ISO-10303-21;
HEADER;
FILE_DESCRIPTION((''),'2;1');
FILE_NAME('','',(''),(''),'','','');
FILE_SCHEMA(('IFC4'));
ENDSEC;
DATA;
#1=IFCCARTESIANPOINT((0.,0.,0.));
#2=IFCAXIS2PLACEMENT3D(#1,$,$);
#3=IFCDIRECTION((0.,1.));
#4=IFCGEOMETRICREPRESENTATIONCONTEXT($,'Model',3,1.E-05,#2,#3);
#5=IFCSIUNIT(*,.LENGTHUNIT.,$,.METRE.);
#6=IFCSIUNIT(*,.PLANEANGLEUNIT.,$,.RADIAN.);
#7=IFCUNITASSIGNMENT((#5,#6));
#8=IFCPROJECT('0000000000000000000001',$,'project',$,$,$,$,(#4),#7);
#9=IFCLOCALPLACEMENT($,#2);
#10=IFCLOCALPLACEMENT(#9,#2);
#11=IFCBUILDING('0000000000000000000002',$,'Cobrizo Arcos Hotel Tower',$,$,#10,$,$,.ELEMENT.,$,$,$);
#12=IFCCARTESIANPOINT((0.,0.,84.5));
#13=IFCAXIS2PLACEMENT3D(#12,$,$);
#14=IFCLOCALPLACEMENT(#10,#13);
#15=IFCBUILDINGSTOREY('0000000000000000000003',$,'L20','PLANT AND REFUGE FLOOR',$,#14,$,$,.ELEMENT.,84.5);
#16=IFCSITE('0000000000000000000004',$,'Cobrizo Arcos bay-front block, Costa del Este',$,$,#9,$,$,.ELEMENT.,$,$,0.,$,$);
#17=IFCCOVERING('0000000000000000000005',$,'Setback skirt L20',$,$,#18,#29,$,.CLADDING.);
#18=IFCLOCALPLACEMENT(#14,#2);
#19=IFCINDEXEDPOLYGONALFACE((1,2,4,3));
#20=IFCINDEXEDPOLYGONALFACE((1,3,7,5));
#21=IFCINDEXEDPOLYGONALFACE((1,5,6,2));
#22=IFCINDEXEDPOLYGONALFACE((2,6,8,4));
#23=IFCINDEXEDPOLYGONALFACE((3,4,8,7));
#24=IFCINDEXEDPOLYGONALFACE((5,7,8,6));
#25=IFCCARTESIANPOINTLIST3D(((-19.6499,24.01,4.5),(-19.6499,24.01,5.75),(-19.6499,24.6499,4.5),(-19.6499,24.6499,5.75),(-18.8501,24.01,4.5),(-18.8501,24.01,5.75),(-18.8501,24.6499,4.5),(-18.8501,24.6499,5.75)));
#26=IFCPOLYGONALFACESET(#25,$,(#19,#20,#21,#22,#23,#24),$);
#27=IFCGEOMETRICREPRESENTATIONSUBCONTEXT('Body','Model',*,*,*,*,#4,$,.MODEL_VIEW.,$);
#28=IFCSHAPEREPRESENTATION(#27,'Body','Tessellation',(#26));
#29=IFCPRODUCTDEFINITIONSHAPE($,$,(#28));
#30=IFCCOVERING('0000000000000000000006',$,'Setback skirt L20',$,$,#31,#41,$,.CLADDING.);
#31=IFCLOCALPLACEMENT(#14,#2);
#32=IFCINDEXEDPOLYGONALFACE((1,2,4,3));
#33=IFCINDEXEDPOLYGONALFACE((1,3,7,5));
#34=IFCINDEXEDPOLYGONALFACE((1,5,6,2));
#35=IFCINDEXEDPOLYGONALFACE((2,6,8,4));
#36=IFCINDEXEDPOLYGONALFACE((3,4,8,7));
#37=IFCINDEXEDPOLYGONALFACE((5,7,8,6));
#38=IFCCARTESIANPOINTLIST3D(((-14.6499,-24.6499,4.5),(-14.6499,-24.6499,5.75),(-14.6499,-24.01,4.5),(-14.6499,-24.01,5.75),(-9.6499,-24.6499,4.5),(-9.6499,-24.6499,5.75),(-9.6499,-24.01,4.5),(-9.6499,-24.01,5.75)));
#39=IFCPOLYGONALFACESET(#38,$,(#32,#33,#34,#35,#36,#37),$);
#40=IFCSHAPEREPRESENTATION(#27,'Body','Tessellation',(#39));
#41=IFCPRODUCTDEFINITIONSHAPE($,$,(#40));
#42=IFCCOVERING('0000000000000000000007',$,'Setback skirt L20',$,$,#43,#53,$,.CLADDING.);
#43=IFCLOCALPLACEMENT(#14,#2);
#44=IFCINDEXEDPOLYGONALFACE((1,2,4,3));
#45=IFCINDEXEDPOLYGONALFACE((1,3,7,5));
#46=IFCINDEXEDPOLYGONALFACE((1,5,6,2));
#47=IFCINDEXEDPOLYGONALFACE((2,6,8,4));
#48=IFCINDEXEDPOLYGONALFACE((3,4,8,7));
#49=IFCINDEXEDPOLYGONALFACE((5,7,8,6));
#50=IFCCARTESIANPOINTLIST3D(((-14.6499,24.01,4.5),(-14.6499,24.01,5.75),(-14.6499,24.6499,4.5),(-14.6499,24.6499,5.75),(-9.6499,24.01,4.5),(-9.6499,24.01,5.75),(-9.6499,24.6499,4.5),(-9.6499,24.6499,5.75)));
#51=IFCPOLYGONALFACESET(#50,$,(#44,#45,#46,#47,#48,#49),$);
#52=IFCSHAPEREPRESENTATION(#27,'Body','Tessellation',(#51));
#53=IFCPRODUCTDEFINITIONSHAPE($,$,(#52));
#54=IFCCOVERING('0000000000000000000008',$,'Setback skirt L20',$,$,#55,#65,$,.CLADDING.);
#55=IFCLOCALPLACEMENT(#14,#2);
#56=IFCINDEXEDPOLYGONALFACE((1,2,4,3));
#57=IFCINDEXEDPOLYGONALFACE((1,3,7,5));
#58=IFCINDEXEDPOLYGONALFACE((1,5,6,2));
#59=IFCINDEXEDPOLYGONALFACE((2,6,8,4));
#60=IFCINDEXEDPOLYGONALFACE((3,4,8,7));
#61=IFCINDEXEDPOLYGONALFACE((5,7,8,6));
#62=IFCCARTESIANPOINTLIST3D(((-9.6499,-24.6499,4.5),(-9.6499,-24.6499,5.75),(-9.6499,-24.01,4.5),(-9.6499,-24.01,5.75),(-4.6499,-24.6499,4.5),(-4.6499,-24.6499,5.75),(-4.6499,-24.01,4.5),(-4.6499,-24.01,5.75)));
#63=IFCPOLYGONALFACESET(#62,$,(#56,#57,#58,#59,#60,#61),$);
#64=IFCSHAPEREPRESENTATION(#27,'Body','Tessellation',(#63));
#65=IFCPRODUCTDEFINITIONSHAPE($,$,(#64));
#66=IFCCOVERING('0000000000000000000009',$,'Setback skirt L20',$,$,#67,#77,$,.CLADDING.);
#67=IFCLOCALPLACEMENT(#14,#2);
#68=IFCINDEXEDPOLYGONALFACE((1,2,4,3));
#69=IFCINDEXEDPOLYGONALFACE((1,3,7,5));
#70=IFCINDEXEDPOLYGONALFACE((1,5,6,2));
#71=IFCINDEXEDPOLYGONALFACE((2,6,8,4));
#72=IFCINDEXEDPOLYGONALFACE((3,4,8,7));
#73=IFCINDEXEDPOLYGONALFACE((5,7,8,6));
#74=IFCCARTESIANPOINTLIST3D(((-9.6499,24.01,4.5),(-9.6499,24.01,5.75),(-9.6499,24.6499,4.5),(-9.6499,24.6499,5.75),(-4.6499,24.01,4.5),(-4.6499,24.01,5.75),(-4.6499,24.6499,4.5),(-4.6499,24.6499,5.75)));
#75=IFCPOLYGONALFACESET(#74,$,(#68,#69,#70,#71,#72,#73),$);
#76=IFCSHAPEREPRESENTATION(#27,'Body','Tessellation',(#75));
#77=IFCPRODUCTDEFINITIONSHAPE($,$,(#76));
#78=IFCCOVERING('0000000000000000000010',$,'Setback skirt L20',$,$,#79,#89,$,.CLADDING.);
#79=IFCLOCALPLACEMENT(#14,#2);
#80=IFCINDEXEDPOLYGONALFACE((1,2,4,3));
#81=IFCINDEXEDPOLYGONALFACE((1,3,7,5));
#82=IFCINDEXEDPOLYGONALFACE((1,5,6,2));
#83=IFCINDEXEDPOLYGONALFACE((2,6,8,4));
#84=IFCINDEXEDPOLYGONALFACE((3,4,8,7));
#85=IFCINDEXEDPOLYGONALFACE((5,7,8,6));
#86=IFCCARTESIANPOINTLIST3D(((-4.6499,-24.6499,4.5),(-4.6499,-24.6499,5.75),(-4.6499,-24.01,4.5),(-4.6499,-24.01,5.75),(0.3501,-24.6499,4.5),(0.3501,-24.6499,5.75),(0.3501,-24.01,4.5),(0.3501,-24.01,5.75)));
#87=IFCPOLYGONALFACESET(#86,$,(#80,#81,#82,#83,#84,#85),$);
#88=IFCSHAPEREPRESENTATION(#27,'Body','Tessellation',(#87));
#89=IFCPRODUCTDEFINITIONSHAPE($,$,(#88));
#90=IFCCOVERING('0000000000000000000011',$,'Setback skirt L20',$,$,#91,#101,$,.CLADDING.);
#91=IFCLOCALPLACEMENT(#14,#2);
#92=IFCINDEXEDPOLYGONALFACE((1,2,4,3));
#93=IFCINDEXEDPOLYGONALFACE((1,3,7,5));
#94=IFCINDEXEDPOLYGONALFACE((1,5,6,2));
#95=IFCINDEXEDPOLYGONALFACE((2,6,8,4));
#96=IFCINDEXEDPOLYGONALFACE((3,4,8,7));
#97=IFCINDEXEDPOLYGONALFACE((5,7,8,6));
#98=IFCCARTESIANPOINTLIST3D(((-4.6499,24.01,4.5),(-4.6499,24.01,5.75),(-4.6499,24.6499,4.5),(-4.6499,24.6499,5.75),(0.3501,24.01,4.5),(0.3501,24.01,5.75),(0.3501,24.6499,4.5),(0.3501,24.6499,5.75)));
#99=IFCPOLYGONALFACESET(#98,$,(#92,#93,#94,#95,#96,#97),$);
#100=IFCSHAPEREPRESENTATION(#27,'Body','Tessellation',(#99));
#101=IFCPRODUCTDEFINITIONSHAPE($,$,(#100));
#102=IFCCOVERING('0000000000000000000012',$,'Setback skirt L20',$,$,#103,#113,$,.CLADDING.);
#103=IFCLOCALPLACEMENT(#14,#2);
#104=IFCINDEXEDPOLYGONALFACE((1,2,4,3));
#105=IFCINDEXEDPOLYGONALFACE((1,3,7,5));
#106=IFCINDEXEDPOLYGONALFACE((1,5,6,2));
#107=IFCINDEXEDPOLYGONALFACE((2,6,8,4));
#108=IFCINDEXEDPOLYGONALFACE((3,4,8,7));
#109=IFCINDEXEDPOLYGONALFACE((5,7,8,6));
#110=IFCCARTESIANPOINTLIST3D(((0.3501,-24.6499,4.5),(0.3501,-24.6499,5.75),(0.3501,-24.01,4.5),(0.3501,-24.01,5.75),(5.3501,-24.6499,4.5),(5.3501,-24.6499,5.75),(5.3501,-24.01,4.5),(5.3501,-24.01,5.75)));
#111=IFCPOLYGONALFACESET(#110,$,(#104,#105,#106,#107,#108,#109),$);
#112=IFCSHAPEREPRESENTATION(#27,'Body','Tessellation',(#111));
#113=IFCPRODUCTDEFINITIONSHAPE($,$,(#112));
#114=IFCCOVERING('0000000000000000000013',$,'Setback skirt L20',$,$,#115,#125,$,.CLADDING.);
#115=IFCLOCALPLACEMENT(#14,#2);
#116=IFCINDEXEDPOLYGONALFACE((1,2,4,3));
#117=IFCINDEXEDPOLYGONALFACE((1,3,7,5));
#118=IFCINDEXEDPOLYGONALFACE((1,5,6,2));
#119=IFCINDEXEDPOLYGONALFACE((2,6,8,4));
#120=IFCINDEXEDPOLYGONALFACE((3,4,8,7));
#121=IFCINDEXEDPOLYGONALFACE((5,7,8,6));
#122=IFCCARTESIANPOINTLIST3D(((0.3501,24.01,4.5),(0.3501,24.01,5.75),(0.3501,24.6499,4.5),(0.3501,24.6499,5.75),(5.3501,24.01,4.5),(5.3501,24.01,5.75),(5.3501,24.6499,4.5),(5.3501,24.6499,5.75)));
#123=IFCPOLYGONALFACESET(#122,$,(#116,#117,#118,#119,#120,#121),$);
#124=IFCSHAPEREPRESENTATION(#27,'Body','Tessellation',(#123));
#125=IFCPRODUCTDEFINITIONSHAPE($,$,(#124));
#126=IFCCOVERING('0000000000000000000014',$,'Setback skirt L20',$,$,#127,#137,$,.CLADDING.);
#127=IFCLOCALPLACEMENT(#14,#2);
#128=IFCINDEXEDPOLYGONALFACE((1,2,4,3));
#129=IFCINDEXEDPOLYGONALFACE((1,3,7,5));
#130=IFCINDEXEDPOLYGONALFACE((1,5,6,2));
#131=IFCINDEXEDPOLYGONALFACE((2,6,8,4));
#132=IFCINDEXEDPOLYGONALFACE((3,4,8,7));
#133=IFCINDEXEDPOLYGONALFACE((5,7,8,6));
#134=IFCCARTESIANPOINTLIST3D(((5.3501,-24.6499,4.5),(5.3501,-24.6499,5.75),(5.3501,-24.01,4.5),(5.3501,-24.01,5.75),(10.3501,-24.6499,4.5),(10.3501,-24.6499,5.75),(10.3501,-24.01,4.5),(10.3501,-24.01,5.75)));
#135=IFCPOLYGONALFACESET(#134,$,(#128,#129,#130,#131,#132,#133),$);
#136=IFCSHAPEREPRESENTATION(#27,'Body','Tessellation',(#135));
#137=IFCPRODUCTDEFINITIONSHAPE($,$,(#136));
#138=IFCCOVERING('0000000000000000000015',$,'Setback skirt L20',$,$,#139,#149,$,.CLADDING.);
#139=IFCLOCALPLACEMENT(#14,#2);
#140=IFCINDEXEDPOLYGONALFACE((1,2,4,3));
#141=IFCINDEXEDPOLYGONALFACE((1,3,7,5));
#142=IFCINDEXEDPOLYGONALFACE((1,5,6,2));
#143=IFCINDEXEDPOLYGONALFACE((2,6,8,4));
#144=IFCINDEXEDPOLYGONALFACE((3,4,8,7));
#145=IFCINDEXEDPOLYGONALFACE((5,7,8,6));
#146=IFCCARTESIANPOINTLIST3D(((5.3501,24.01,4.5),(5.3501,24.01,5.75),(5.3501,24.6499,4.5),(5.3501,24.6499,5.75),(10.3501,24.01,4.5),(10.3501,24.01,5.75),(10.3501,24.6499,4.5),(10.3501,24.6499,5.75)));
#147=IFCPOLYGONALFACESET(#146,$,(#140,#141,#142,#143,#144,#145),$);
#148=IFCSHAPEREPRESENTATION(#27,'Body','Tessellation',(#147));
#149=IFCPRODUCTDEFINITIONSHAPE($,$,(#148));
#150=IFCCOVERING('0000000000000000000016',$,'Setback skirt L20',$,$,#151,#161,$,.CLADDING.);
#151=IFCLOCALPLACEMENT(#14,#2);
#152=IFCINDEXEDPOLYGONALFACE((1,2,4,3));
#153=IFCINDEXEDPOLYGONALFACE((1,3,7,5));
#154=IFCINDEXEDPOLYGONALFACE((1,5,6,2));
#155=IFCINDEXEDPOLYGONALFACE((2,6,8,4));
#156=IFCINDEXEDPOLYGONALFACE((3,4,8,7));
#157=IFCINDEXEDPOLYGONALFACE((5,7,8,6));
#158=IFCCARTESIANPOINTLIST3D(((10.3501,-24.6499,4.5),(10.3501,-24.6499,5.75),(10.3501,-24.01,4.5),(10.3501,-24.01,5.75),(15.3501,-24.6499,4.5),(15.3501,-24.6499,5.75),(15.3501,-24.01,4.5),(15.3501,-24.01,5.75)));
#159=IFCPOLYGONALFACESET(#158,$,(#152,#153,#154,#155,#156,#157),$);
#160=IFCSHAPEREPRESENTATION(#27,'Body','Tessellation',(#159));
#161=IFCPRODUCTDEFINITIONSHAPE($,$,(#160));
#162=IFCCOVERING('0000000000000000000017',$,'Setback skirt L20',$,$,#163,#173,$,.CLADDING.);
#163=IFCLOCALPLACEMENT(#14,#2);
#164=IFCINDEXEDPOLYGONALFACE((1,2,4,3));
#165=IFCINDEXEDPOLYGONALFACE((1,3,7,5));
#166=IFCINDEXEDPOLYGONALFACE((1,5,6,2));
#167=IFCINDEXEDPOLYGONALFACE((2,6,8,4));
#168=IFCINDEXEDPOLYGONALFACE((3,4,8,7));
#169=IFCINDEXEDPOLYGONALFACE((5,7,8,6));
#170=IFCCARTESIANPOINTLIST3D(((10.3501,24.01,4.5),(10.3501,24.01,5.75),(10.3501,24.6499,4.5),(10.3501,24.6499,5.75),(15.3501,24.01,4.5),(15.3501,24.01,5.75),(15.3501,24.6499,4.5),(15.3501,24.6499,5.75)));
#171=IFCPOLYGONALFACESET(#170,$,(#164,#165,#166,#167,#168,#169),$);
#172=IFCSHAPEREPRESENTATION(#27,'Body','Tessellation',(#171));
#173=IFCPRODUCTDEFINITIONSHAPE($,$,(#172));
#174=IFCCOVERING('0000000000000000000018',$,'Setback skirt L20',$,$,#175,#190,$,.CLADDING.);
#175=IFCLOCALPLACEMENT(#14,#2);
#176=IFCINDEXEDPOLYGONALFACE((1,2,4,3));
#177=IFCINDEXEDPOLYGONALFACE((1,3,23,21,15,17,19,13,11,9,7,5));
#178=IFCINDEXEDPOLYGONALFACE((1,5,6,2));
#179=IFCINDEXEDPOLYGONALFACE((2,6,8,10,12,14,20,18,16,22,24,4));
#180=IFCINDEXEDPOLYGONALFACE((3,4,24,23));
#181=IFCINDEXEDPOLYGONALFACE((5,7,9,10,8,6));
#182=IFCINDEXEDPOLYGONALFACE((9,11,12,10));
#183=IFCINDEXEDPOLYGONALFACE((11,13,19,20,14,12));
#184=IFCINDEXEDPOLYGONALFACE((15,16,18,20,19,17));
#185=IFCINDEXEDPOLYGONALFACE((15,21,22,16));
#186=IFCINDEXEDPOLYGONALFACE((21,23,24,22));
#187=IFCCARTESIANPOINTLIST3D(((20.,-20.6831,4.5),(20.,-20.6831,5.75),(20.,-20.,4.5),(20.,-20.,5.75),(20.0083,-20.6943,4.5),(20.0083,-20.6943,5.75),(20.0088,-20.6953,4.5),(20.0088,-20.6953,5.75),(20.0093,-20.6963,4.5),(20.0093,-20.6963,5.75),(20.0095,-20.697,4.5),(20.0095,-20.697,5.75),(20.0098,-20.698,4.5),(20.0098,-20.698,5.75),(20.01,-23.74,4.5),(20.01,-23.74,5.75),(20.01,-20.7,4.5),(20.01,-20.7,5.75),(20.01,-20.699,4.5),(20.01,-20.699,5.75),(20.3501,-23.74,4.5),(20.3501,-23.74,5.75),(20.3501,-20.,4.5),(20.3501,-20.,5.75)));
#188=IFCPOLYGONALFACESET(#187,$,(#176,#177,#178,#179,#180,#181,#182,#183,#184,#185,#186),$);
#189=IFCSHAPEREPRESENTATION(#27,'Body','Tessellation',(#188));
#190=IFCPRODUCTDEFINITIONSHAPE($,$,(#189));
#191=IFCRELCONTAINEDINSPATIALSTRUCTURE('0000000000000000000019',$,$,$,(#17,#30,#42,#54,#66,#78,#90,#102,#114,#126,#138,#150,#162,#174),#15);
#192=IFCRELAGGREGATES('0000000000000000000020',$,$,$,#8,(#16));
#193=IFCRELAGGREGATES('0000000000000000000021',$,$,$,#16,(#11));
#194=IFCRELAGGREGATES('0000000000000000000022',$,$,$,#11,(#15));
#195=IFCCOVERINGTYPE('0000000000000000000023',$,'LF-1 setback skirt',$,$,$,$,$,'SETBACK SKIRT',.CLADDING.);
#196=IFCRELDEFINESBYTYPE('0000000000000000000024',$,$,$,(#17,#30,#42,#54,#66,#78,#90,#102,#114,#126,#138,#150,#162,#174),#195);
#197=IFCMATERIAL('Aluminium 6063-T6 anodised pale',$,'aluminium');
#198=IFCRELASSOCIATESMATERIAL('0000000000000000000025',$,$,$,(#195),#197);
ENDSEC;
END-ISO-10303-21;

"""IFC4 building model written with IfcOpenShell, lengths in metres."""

from ifc_helpers import new_model, si_unit, direction, frame, origin, place, context, subcontext, project, spatial, polyline, outline, extrude, material, type_object, element, save


model = new_model("IFC4")

# Units and contexts
model_context = context("Model", 3, precision=1e-05, world=origin(), true_north=direction((0.0, 1.0)))
body_context = subcontext(model_context, "Body", "Model", "MODEL_VIEW")
ifc_project = project(units=[si_unit("LENGTHUNIT", "METRE"), si_unit("PLANEANGLEUNIT", "RADIAN")], contexts=[model_context])

# Site, building, storey
site_placement = place(None, origin())
site = spatial("IfcSite", under=ifc_project, at=site_placement, Name="Cobrizo Arcos bay-front block, Costa del Este", CompositionType="ELEMENT", RefElevation=0.0)
building_placement = place(site_placement, origin())
building = spatial("IfcBuilding", under=site, at=building_placement, Name="Cobrizo Arcos Hotel Tower", CompositionType="ELEMENT")
storey_placement = place(building_placement, frame((0.0, 0.0, 84.5)))
storey = spatial("IfcBuildingStorey", under=building, at=storey_placement, Name="L20", Description="PLANT AND REFUGE FLOOR", CompositionType="ELEMENT", Elevation=84.5)

# Coverings
ifc_material = material(Name="Aluminium 6063-T6 anodised pale", Category="aluminium")
covering_type = type_object("IfcCoveringType", Name="LF-1 setback skirt", ElementType="SETBACK SKIRT", PredefinedType="CLADDING", material=ifc_material)
covering_1_placement = place(storey_placement, frame((0.0, 0.0, 4.5)))
element("IfcCovering", 1, at=covering_1_placement, inside=storey, type_object=covering_type, Name="Setback skirt L20", PredefinedType="CLADDING", context=body_context, shape_type="SweptSolid", body=[
    extrude(outline(polyline([(-18.8501, 24.01), (-18.8501, 24.6499), (-19.6499, 24.6499), (-19.6499, 24.01), (-18.8501, 24.01)])), origin(), (0.0, 0.0, 1.0), 1.25),
])
covering_2_placement = place(storey_placement, frame((0.0, 0.0, 4.5)))
element("IfcCovering", 2, at=covering_2_placement, inside=storey, type_object=covering_type, Name="Setback skirt L20", PredefinedType="CLADDING", context=body_context, shape_type="SweptSolid", body=[
    extrude(outline(polyline([(-9.6499, -24.01), (-14.6499, -24.01), (-14.6499, -24.6499), (-9.6499, -24.6499), (-9.6499, -24.01)])), origin(), (0.0, 0.0, 1.0), 1.25),
])
covering_3_placement = place(storey_placement, frame((0.0, 0.0, 4.5)))
element("IfcCovering", 3, at=covering_3_placement, inside=storey, type_object=covering_type, Name="Setback skirt L20", PredefinedType="CLADDING", context=body_context, shape_type="SweptSolid", body=[
    extrude(outline(polyline([(-14.6499, 24.01), (-9.6499, 24.01), (-9.6499, 24.6499), (-14.6499, 24.6499), (-14.6499, 24.01)])), origin(), (0.0, 0.0, 1.0), 1.25),
])
covering_4_placement = place(storey_placement, frame((0.0, 0.0, 4.5)))
element("IfcCovering", 4, at=covering_4_placement, inside=storey, type_object=covering_type, Name="Setback skirt L20", PredefinedType="CLADDING", context=body_context, shape_type="SweptSolid", body=[
    extrude(outline(polyline([(-4.6499, -24.01), (-9.6499, -24.01), (-9.6499, -24.6499), (-4.6499, -24.6499), (-4.6499, -24.01)])), origin(), (0.0, 0.0, 1.0), 1.25),
])
covering_5_placement = place(storey_placement, frame((0.0, 0.0, 4.5)))
element("IfcCovering", 5, at=covering_5_placement, inside=storey, type_object=covering_type, Name="Setback skirt L20", PredefinedType="CLADDING", context=body_context, shape_type="SweptSolid", body=[
    extrude(outline(polyline([(-9.6499, 24.01), (-4.6499, 24.01), (-4.6499, 24.6499), (-9.6499, 24.6499), (-9.6499, 24.01)])), origin(), (0.0, 0.0, 1.0), 1.25),
])
covering_6_placement = place(storey_placement, frame((0.0, 0.0, 4.5)))
element("IfcCovering", 6, at=covering_6_placement, inside=storey, type_object=covering_type, Name="Setback skirt L20", PredefinedType="CLADDING", context=body_context, shape_type="SweptSolid", body=[
    extrude(outline(polyline([(0.3501, -24.01), (-4.6499, -24.01), (-4.6499, -24.6499), (0.3501, -24.6499), (0.3501, -24.01)])), origin(), (0.0, 0.0, 1.0), 1.25),
])
covering_7_placement = place(storey_placement, frame((0.0, 0.0, 4.5)))
element("IfcCovering", 7, at=covering_7_placement, inside=storey, type_object=covering_type, Name="Setback skirt L20", PredefinedType="CLADDING", context=body_context, shape_type="SweptSolid", body=[
    extrude(outline(polyline([(-4.6499, 24.01), (0.3501, 24.01), (0.3501, 24.6499), (-4.6499, 24.6499), (-4.6499, 24.01)])), origin(), (0.0, 0.0, 1.0), 1.25),
])
covering_8_placement = place(storey_placement, frame((0.0, 0.0, 4.5)))
element("IfcCovering", 8, at=covering_8_placement, inside=storey, type_object=covering_type, Name="Setback skirt L20", PredefinedType="CLADDING", context=body_context, shape_type="SweptSolid", body=[
    extrude(outline(polyline([(5.3501, -24.01), (0.3501, -24.01), (0.3501, -24.6499), (5.3501, -24.6499), (5.3501, -24.01)])), origin(), (0.0, 0.0, 1.0), 1.25),
])
covering_9_placement = place(storey_placement, frame((0.0, 0.0, 4.5)))
element("IfcCovering", 9, at=covering_9_placement, inside=storey, type_object=covering_type, Name="Setback skirt L20", PredefinedType="CLADDING", context=body_context, shape_type="SweptSolid", body=[
    extrude(outline(polyline([(0.3501, 24.01), (5.3501, 24.01), (5.3501, 24.6499), (0.3501, 24.6499), (0.3501, 24.01)])), origin(), (0.0, 0.0, 1.0), 1.25),
])
covering_10_placement = place(storey_placement, frame((0.0, 0.0, 4.5)))
element("IfcCovering", 10, at=covering_10_placement, inside=storey, type_object=covering_type, Name="Setback skirt L20", PredefinedType="CLADDING", context=body_context, shape_type="SweptSolid", body=[
    extrude(outline(polyline([(10.3501, -24.01), (5.3501, -24.01), (5.3501, -24.6499), (10.3501, -24.6499), (10.3501, -24.01)])), origin(), (0.0, 0.0, 1.0), 1.25),
])
covering_11_placement = place(storey_placement, frame((0.0, 0.0, 4.5)))
element("IfcCovering", 11, at=covering_11_placement, inside=storey, type_object=covering_type, Name="Setback skirt L20", PredefinedType="CLADDING", context=body_context, shape_type="SweptSolid", body=[
    extrude(outline(polyline([(5.3501, 24.01), (10.3501, 24.01), (10.3501, 24.6499), (5.3501, 24.6499), (5.3501, 24.01)])), origin(), (0.0, 0.0, 1.0), 1.25),
])
covering_12_placement = place(storey_placement, frame((0.0, 0.0, 4.5)))
element("IfcCovering", 12, at=covering_12_placement, inside=storey, type_object=covering_type, Name="Setback skirt L20", PredefinedType="CLADDING", context=body_context, shape_type="SweptSolid", body=[
    extrude(outline(polyline([(15.3501, -24.01), (10.3501, -24.01), (10.3501, -24.6499), (15.3501, -24.6499), (15.3501, -24.01)])), origin(), (0.0, 0.0, 1.0), 1.25),
])
covering_13_placement = place(storey_placement, frame((0.0, 0.0, 4.5)))
element("IfcCovering", 13, at=covering_13_placement, inside=storey, type_object=covering_type, Name="Setback skirt L20", PredefinedType="CLADDING", context=body_context, shape_type="SweptSolid", body=[
    extrude(outline(polyline([(10.3501, 24.01), (15.3501, 24.01), (15.3501, 24.6499), (10.3501, 24.6499), (10.3501, 24.01)])), origin(), (0.0, 0.0, 1.0), 1.25),
])
covering_14_placement = place(storey_placement, frame((0.0, 0.0, 4.5)))
element("IfcCovering", 14, at=covering_14_placement, inside=storey, type_object=covering_type, Name="Setback skirt L20", PredefinedType="CLADDING", context=body_context, shape_type="SweptSolid", body=[
    extrude(outline(polyline([(20.0, -20.0), (20.0, -20.6831), (20.0083, -20.6943), (20.0088, -20.6953), (20.0093, -20.6963), (20.0095, -20.697), (20.0098, -20.698), (20.01, -20.699), (20.01, -20.7), (20.01, -23.74), (20.3501, -23.74), (20.3501, -20.0), (20.0, -20.0)])), origin(), (0.0, 0.0, 1.0), 1.25),
])

save(model, "model.ifc")
